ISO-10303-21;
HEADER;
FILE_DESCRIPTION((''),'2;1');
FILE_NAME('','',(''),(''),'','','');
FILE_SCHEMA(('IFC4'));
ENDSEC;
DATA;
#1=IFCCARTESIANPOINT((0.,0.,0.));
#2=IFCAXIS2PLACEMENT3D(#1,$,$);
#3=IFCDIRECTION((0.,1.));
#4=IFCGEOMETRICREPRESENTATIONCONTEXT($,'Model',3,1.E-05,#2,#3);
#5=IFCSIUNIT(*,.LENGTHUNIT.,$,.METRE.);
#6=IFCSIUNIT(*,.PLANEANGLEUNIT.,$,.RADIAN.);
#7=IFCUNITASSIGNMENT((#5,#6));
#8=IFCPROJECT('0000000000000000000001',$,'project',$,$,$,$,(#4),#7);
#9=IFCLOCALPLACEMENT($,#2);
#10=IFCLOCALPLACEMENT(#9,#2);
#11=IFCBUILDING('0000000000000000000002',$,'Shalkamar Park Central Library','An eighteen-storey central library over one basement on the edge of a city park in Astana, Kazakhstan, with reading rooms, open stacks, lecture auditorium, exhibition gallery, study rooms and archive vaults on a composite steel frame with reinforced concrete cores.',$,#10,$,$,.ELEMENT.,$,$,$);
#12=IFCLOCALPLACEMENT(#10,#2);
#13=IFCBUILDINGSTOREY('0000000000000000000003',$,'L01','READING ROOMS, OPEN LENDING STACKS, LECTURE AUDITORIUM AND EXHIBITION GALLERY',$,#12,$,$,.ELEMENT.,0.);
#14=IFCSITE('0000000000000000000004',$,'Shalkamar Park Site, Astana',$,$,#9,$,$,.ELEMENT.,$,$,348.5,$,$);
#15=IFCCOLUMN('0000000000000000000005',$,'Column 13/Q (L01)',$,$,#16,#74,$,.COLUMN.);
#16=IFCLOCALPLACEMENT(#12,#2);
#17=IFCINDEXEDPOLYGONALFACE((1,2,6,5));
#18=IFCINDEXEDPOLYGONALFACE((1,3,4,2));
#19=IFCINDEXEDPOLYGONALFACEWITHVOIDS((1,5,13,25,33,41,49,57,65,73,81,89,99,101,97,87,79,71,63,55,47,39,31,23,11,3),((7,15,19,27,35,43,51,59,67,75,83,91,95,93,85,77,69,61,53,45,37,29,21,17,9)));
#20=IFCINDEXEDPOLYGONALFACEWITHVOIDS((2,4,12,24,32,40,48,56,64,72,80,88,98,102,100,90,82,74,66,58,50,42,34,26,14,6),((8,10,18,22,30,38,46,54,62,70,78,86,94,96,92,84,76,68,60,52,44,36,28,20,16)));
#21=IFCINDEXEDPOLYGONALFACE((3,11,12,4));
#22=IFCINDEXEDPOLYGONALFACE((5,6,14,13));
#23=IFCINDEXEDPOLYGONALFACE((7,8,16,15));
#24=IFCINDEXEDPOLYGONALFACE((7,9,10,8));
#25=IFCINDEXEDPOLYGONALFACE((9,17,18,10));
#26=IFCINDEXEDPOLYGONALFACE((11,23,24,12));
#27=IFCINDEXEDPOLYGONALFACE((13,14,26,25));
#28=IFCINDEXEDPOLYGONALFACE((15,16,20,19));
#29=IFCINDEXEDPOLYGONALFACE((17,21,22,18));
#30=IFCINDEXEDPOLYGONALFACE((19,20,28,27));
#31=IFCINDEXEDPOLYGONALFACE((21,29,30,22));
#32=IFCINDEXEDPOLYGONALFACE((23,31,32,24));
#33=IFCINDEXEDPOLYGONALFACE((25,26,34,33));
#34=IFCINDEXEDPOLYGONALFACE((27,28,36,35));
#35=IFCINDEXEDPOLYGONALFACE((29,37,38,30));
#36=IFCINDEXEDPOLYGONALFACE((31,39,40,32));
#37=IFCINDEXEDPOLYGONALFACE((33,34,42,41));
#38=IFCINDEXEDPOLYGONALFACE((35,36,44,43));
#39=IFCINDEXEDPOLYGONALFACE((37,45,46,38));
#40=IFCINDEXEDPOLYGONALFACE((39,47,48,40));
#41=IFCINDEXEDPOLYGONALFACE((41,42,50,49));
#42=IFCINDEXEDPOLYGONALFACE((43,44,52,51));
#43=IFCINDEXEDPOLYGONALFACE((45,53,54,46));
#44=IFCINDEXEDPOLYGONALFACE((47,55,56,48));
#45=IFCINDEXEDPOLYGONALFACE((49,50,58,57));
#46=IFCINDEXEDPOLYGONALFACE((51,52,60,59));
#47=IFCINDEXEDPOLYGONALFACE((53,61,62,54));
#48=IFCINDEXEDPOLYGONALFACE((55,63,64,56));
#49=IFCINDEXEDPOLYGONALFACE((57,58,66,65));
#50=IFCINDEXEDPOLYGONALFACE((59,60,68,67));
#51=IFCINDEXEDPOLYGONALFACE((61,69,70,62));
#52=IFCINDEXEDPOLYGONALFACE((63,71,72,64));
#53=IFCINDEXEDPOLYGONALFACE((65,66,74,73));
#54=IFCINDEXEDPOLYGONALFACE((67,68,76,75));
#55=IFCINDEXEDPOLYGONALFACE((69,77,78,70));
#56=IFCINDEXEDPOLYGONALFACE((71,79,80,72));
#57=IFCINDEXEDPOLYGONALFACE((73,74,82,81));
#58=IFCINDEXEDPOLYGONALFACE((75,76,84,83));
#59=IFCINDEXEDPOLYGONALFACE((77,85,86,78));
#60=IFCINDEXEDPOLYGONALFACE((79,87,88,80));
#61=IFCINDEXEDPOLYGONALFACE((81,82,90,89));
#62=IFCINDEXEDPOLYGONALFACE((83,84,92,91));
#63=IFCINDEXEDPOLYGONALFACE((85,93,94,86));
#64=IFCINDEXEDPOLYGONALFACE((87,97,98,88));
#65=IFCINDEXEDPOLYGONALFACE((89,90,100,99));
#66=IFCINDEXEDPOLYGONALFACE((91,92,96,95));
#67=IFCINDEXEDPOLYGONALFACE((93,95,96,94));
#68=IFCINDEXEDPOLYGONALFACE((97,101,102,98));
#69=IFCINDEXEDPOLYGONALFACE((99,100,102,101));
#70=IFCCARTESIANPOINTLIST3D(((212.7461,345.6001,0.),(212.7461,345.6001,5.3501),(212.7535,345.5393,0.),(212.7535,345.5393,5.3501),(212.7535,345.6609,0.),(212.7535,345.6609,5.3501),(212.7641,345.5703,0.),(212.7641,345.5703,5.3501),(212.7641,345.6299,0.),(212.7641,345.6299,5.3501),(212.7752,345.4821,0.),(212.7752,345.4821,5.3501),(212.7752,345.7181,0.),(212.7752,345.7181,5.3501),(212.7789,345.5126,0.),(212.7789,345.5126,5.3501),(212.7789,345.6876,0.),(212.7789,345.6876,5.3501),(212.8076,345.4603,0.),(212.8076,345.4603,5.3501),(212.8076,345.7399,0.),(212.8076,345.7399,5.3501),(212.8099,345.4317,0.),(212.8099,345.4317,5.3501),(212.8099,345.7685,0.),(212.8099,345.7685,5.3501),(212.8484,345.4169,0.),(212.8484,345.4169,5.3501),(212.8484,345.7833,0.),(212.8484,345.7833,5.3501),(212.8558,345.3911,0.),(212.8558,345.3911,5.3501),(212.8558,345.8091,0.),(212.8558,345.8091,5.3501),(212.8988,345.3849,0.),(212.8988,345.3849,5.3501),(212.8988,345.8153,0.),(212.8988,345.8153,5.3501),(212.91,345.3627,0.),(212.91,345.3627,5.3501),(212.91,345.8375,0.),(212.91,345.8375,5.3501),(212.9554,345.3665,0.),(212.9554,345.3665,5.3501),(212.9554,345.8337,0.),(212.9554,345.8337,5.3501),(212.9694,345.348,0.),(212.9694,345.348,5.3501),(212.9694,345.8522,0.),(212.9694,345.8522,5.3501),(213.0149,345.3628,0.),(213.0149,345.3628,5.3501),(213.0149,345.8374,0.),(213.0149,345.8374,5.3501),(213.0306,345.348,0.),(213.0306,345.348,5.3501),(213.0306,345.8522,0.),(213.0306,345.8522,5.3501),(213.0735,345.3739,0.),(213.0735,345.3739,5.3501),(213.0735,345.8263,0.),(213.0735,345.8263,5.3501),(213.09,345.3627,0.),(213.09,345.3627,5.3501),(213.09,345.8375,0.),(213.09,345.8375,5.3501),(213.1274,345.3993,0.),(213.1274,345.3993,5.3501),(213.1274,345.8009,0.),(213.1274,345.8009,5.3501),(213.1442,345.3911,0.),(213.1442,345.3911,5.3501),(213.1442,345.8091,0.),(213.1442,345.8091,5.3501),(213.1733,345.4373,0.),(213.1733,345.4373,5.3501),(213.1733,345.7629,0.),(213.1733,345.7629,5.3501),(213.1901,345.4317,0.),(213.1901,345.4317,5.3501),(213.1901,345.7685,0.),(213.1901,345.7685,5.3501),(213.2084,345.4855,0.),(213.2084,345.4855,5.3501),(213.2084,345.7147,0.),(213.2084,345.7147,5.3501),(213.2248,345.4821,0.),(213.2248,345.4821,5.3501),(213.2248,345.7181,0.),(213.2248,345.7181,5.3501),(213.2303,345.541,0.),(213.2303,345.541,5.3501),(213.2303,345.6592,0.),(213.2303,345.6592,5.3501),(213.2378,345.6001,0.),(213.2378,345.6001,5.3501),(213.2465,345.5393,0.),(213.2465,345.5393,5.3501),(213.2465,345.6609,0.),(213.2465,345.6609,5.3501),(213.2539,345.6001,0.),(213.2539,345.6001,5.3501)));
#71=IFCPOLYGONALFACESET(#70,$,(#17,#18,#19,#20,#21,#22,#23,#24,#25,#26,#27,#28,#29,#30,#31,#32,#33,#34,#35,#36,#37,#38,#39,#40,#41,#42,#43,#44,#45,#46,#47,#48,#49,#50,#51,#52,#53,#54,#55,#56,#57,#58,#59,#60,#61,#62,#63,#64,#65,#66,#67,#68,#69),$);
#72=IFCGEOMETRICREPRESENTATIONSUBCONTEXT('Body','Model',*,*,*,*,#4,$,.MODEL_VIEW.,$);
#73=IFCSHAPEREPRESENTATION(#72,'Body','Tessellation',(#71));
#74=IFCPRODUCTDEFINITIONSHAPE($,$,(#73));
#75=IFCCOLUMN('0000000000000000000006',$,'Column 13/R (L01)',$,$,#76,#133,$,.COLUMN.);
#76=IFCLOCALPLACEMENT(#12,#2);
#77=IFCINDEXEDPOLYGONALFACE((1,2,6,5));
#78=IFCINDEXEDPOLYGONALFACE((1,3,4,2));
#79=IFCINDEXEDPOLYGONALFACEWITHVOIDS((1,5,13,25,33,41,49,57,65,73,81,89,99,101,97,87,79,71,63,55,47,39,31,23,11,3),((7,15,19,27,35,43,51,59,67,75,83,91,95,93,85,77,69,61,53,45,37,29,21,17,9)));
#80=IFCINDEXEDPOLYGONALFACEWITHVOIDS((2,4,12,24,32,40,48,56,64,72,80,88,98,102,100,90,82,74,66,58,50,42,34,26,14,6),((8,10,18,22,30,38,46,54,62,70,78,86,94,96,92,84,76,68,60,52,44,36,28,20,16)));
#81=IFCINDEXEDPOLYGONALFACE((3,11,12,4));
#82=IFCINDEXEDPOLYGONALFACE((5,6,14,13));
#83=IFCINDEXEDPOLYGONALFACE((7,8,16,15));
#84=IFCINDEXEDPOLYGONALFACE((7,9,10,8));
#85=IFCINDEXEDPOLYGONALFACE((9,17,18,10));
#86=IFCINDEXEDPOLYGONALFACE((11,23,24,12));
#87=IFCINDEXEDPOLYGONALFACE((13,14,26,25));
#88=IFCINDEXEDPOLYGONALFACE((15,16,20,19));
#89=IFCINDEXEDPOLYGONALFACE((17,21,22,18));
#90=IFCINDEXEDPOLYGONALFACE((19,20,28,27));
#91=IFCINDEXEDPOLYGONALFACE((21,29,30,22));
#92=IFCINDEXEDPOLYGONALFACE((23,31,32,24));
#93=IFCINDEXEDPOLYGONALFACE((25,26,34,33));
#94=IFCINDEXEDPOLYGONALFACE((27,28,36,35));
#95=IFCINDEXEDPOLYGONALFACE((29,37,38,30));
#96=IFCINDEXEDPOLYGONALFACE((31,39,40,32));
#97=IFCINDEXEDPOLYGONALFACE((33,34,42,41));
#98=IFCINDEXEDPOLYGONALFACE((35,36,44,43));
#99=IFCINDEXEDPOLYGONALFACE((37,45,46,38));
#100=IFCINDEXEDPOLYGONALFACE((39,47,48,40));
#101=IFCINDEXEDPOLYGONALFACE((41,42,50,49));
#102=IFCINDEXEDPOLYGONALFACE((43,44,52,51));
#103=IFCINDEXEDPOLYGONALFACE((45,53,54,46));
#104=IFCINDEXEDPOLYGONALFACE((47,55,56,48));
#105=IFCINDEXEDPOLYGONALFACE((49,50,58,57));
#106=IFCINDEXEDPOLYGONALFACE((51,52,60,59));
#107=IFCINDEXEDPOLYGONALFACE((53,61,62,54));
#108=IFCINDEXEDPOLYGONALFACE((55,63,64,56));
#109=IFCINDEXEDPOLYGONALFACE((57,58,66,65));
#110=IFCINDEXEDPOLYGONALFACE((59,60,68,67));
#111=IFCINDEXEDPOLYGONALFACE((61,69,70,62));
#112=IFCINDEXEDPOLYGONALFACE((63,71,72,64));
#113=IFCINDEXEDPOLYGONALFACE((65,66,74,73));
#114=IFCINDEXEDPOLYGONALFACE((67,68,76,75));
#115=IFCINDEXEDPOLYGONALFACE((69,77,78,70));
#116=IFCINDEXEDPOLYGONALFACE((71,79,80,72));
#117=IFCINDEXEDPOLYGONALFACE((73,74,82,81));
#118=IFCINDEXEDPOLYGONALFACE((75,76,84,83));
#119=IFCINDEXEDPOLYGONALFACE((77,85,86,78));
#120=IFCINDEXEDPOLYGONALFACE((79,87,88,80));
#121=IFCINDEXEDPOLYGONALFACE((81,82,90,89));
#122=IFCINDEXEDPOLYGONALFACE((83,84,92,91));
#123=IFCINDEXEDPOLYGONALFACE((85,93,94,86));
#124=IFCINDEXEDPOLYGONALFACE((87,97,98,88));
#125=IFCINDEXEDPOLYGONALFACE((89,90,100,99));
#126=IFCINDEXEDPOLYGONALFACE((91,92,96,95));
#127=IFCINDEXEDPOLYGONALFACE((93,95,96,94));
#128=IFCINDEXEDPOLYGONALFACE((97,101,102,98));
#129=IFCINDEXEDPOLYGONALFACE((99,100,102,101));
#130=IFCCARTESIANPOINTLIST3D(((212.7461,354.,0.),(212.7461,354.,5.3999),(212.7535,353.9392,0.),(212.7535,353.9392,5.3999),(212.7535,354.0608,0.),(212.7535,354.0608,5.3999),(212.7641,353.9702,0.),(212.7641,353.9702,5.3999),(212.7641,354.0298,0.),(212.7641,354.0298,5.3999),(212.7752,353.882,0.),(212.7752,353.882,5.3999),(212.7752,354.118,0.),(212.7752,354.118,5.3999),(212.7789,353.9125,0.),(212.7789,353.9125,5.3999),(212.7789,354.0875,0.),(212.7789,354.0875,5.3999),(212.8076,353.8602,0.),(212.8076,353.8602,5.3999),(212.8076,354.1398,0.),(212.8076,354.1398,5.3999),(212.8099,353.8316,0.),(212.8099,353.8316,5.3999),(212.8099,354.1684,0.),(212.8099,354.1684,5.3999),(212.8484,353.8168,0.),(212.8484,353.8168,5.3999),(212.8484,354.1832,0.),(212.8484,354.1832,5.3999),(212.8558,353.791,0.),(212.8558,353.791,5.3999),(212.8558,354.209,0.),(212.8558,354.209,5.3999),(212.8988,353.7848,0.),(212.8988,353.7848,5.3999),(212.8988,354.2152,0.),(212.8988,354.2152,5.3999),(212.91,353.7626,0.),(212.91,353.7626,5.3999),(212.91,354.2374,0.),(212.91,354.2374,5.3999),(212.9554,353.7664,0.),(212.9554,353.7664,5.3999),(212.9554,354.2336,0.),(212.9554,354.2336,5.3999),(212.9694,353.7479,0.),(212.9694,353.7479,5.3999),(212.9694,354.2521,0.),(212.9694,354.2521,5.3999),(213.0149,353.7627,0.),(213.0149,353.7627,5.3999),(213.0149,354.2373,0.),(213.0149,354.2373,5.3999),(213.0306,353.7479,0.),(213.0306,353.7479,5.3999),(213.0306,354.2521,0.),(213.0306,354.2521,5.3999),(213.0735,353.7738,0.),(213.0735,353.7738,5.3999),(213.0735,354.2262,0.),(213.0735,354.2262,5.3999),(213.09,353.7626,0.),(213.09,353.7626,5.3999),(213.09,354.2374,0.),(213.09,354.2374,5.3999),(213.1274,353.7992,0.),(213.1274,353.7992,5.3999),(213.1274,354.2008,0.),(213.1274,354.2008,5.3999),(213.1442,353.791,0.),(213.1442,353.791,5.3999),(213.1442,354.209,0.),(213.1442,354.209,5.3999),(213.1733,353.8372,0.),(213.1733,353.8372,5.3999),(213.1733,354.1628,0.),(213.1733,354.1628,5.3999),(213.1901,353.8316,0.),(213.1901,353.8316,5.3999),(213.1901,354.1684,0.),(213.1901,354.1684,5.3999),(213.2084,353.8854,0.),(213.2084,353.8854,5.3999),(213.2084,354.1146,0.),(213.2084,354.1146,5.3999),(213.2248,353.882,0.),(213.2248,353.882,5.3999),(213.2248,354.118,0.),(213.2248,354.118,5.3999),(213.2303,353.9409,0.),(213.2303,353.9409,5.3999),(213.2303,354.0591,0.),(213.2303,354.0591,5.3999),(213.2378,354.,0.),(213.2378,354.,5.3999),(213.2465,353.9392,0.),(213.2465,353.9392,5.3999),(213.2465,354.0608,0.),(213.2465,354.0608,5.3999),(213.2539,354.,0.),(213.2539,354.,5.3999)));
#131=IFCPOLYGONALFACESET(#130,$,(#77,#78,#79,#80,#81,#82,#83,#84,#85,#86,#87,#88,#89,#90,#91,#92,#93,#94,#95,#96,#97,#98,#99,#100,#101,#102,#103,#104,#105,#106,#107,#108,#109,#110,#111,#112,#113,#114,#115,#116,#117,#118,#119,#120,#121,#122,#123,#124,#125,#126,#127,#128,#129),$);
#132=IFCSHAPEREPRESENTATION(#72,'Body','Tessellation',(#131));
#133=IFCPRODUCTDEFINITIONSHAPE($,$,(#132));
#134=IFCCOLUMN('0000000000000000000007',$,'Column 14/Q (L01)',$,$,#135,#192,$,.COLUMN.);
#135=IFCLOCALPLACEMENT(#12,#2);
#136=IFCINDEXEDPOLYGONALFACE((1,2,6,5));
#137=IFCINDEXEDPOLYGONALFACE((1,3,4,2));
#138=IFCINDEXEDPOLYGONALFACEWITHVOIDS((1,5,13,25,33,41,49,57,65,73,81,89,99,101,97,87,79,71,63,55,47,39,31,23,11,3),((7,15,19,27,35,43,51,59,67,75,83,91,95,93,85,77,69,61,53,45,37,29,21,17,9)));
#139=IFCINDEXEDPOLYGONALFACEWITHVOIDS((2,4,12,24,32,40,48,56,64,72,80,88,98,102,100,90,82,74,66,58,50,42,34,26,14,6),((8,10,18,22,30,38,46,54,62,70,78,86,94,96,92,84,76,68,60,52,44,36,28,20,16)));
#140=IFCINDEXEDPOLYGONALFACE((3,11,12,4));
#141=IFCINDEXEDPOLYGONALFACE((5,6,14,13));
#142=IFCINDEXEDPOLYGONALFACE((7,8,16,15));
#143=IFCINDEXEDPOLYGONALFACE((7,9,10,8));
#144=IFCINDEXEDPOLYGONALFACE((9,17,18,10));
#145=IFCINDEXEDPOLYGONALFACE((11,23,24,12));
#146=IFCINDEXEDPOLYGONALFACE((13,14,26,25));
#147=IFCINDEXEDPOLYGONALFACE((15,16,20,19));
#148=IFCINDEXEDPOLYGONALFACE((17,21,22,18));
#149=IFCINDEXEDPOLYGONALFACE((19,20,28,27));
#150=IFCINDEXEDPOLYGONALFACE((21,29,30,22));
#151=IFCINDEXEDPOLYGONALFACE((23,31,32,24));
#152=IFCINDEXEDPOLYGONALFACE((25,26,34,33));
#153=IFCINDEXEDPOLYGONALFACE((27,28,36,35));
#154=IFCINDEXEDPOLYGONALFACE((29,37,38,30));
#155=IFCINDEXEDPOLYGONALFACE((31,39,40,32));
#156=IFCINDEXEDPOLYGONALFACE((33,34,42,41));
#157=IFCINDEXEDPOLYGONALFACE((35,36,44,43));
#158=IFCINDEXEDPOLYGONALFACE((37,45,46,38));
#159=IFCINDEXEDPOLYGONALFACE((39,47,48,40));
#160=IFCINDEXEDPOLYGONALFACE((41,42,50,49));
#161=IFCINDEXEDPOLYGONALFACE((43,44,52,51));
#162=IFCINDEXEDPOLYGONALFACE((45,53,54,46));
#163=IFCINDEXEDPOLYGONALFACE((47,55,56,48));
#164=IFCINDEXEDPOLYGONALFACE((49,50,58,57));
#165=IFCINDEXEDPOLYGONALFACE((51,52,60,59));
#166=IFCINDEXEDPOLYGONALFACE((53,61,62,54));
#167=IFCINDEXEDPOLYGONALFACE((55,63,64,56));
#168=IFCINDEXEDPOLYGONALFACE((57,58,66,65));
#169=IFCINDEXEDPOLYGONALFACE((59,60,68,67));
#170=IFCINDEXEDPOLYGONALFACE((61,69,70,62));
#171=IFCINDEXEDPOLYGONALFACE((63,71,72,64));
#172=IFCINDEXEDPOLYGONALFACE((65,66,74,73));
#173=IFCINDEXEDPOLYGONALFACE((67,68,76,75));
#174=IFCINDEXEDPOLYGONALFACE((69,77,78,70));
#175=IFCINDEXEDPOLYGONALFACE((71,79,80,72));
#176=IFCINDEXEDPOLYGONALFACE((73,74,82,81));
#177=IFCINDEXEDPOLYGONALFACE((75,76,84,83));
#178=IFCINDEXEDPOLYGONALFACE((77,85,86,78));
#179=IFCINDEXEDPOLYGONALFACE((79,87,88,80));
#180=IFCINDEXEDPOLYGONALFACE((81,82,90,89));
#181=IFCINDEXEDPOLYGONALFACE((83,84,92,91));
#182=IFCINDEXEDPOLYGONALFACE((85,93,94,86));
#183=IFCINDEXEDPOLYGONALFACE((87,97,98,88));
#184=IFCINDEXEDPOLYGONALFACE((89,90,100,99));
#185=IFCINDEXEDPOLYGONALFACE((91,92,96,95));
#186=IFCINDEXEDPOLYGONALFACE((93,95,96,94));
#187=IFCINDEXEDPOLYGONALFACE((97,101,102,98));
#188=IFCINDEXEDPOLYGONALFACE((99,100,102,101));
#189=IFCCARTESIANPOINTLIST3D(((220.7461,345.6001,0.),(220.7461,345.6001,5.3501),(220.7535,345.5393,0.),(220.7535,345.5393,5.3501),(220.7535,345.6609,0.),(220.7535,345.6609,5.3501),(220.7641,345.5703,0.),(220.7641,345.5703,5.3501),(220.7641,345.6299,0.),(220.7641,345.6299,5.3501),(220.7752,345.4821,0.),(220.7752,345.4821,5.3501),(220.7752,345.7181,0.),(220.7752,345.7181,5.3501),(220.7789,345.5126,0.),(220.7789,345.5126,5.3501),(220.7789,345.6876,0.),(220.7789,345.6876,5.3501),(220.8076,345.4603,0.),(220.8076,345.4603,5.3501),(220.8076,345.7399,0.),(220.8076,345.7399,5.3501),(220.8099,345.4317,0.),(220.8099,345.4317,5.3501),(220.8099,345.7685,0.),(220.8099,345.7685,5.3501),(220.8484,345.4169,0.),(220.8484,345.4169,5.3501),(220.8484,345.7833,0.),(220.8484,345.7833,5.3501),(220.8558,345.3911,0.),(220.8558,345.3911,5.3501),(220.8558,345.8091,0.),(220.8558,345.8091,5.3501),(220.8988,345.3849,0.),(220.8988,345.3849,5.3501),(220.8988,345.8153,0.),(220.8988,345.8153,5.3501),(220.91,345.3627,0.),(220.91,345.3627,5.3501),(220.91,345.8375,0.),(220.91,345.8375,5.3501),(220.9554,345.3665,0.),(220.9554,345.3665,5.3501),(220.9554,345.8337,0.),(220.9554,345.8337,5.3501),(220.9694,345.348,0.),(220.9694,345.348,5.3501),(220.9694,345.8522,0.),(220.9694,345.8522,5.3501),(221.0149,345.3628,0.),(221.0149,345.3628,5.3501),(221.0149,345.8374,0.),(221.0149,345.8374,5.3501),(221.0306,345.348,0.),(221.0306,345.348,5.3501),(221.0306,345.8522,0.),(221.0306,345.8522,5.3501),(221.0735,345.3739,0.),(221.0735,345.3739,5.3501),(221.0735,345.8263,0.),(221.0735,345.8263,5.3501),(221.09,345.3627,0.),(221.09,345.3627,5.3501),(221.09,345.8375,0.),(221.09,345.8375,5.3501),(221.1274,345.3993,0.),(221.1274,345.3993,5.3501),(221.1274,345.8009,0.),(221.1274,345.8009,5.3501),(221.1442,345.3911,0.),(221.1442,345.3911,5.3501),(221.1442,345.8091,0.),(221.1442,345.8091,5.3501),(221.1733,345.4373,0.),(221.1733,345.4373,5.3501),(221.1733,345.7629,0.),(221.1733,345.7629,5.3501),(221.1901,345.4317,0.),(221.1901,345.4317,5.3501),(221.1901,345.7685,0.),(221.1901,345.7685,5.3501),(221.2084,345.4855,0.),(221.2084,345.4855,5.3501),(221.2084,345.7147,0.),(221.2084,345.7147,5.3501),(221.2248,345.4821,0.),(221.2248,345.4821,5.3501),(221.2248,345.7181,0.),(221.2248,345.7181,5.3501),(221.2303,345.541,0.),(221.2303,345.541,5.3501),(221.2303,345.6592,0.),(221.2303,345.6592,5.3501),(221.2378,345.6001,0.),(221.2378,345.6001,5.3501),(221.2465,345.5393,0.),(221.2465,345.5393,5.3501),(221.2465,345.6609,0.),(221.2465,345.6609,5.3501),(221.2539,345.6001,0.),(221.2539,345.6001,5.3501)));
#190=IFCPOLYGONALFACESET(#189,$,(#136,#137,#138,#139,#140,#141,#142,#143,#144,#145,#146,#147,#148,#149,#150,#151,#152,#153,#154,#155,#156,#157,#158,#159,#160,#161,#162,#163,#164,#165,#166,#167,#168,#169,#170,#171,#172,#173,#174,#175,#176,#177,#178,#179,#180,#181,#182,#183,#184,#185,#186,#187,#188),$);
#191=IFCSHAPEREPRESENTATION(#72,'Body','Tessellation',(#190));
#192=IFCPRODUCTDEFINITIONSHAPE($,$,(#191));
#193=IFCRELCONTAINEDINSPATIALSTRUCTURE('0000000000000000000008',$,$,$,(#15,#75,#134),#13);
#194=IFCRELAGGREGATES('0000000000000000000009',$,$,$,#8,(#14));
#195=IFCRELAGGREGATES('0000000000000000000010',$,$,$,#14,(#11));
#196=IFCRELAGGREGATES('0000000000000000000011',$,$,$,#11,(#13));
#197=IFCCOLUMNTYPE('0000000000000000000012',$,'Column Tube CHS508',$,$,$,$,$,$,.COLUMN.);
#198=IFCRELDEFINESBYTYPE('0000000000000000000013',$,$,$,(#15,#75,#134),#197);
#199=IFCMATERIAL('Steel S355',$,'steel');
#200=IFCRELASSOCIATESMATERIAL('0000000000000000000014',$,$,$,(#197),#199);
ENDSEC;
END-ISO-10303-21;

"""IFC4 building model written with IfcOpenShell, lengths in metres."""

from ifc_helpers import new_model, si_unit, direction, frame, origin, origin_2d, place, context, subcontext, project, spatial, hollow_circle, extrude, material, material_profile, profile_set, type_object, element, save


model = new_model("IFC4")

# Units and contexts
model_context = context("Model", 3, precision=1e-05, world=origin(), true_north=direction((0.0, 1.0)))
body_context = subcontext(model_context, "Body", "Model", "MODEL_VIEW")
ifc_project = project(units=[si_unit("LENGTHUNIT", "METRE"), si_unit("PLANEANGLEUNIT", "RADIAN")], contexts=[model_context])

# Site, building, storey
site_placement = place(None, origin())
site = spatial("IfcSite", under=ifc_project, at=site_placement, Name="Shalkamar Park Site, Astana", CompositionType="ELEMENT", RefElevation=348.5)
building_placement = place(site_placement, origin())
building = spatial("IfcBuilding", under=site, at=building_placement, Name="Shalkamar Park Central Library", Description="An eighteen-storey central library over one basement on the edge of a city park in Astana, Kazakhstan, with reading rooms, open stacks, lecture auditorium, exhibition gallery, study rooms and archive vaults on a composite steel frame with reinforced concrete cores.", CompositionType="ELEMENT")
storey_placement = place(building_placement, origin())
storey = spatial("IfcBuildingStorey", under=building, at=storey_placement, Name="L01", Description="READING ROOMS, OPEN LENDING STACKS, LECTURE AUDITORIUM AND EXHIBITION GALLERY", CompositionType="ELEMENT", Elevation=0.0)

# Columns
ifc_material_1 = material(Name="Steel S355", Category="steel")
ifc_material_profile_1 = material_profile(ifc_material_1, hollow_circle(Radius=0.2539, WallThickness=0.0161, at=origin_2d()), Name="CHS 508x16")
ifc_profile_set_1 = profile_set([ifc_material_profile_1], Name="Steel S355")
column_type_1 = type_object("IfcColumnType", Name="Column Tube CHS508", PredefinedType="COLUMN", material=ifc_profile_set_1)
column_1_placement = place(storey_placement, frame((213.0, 345.6001, 0.0), z_axis=(0.0, 0.0, 1.0), x_axis=(1.0, 0.0, 0.0)))
element("IfcColumn", 1, at=column_1_placement, inside=storey, type_object=column_type_1, Name="Column 13/Q (L01)", PredefinedType="COLUMN", context=body_context, shape_type="SweptSolid", body=[
    extrude(hollow_circle(Radius=0.2539, WallThickness=0.0161, at=origin_2d()), origin(), (0.0, 0.0, 1.0), 5.3501),
])
column_2_placement = place(storey_placement, frame((213.0, 354.0, 0.0), z_axis=(0.0, 0.0, 1.0), x_axis=(1.0, 0.0, 0.0)))
element("IfcColumn", 2, at=column_2_placement, inside=storey, type_object=column_type_1, Name="Column 13/R (L01)", PredefinedType="COLUMN", context=body_context, shape_type="SweptSolid", body=[
    extrude(hollow_circle(Radius=0.2539, WallThickness=0.0161, at=origin_2d()), origin(), (0.0, 0.0, 1.0), 5.3999),
])
column_3_placement = place(storey_placement, frame((221.0, 345.6001, 0.0), z_axis=(0.0, 0.0, 1.0), x_axis=(1.0, 0.0, 0.0)))
element("IfcColumn", 3, at=column_3_placement, inside=storey, type_object=column_type_1, Name="Column 14/Q (L01)", PredefinedType="COLUMN", context=body_context, shape_type="SweptSolid", body=[
    extrude(hollow_circle(Radius=0.2539, WallThickness=0.0161, at=origin_2d()), origin(), (0.0, 0.0, 1.0), 5.3501),
])

save(model, "model.ifc")
